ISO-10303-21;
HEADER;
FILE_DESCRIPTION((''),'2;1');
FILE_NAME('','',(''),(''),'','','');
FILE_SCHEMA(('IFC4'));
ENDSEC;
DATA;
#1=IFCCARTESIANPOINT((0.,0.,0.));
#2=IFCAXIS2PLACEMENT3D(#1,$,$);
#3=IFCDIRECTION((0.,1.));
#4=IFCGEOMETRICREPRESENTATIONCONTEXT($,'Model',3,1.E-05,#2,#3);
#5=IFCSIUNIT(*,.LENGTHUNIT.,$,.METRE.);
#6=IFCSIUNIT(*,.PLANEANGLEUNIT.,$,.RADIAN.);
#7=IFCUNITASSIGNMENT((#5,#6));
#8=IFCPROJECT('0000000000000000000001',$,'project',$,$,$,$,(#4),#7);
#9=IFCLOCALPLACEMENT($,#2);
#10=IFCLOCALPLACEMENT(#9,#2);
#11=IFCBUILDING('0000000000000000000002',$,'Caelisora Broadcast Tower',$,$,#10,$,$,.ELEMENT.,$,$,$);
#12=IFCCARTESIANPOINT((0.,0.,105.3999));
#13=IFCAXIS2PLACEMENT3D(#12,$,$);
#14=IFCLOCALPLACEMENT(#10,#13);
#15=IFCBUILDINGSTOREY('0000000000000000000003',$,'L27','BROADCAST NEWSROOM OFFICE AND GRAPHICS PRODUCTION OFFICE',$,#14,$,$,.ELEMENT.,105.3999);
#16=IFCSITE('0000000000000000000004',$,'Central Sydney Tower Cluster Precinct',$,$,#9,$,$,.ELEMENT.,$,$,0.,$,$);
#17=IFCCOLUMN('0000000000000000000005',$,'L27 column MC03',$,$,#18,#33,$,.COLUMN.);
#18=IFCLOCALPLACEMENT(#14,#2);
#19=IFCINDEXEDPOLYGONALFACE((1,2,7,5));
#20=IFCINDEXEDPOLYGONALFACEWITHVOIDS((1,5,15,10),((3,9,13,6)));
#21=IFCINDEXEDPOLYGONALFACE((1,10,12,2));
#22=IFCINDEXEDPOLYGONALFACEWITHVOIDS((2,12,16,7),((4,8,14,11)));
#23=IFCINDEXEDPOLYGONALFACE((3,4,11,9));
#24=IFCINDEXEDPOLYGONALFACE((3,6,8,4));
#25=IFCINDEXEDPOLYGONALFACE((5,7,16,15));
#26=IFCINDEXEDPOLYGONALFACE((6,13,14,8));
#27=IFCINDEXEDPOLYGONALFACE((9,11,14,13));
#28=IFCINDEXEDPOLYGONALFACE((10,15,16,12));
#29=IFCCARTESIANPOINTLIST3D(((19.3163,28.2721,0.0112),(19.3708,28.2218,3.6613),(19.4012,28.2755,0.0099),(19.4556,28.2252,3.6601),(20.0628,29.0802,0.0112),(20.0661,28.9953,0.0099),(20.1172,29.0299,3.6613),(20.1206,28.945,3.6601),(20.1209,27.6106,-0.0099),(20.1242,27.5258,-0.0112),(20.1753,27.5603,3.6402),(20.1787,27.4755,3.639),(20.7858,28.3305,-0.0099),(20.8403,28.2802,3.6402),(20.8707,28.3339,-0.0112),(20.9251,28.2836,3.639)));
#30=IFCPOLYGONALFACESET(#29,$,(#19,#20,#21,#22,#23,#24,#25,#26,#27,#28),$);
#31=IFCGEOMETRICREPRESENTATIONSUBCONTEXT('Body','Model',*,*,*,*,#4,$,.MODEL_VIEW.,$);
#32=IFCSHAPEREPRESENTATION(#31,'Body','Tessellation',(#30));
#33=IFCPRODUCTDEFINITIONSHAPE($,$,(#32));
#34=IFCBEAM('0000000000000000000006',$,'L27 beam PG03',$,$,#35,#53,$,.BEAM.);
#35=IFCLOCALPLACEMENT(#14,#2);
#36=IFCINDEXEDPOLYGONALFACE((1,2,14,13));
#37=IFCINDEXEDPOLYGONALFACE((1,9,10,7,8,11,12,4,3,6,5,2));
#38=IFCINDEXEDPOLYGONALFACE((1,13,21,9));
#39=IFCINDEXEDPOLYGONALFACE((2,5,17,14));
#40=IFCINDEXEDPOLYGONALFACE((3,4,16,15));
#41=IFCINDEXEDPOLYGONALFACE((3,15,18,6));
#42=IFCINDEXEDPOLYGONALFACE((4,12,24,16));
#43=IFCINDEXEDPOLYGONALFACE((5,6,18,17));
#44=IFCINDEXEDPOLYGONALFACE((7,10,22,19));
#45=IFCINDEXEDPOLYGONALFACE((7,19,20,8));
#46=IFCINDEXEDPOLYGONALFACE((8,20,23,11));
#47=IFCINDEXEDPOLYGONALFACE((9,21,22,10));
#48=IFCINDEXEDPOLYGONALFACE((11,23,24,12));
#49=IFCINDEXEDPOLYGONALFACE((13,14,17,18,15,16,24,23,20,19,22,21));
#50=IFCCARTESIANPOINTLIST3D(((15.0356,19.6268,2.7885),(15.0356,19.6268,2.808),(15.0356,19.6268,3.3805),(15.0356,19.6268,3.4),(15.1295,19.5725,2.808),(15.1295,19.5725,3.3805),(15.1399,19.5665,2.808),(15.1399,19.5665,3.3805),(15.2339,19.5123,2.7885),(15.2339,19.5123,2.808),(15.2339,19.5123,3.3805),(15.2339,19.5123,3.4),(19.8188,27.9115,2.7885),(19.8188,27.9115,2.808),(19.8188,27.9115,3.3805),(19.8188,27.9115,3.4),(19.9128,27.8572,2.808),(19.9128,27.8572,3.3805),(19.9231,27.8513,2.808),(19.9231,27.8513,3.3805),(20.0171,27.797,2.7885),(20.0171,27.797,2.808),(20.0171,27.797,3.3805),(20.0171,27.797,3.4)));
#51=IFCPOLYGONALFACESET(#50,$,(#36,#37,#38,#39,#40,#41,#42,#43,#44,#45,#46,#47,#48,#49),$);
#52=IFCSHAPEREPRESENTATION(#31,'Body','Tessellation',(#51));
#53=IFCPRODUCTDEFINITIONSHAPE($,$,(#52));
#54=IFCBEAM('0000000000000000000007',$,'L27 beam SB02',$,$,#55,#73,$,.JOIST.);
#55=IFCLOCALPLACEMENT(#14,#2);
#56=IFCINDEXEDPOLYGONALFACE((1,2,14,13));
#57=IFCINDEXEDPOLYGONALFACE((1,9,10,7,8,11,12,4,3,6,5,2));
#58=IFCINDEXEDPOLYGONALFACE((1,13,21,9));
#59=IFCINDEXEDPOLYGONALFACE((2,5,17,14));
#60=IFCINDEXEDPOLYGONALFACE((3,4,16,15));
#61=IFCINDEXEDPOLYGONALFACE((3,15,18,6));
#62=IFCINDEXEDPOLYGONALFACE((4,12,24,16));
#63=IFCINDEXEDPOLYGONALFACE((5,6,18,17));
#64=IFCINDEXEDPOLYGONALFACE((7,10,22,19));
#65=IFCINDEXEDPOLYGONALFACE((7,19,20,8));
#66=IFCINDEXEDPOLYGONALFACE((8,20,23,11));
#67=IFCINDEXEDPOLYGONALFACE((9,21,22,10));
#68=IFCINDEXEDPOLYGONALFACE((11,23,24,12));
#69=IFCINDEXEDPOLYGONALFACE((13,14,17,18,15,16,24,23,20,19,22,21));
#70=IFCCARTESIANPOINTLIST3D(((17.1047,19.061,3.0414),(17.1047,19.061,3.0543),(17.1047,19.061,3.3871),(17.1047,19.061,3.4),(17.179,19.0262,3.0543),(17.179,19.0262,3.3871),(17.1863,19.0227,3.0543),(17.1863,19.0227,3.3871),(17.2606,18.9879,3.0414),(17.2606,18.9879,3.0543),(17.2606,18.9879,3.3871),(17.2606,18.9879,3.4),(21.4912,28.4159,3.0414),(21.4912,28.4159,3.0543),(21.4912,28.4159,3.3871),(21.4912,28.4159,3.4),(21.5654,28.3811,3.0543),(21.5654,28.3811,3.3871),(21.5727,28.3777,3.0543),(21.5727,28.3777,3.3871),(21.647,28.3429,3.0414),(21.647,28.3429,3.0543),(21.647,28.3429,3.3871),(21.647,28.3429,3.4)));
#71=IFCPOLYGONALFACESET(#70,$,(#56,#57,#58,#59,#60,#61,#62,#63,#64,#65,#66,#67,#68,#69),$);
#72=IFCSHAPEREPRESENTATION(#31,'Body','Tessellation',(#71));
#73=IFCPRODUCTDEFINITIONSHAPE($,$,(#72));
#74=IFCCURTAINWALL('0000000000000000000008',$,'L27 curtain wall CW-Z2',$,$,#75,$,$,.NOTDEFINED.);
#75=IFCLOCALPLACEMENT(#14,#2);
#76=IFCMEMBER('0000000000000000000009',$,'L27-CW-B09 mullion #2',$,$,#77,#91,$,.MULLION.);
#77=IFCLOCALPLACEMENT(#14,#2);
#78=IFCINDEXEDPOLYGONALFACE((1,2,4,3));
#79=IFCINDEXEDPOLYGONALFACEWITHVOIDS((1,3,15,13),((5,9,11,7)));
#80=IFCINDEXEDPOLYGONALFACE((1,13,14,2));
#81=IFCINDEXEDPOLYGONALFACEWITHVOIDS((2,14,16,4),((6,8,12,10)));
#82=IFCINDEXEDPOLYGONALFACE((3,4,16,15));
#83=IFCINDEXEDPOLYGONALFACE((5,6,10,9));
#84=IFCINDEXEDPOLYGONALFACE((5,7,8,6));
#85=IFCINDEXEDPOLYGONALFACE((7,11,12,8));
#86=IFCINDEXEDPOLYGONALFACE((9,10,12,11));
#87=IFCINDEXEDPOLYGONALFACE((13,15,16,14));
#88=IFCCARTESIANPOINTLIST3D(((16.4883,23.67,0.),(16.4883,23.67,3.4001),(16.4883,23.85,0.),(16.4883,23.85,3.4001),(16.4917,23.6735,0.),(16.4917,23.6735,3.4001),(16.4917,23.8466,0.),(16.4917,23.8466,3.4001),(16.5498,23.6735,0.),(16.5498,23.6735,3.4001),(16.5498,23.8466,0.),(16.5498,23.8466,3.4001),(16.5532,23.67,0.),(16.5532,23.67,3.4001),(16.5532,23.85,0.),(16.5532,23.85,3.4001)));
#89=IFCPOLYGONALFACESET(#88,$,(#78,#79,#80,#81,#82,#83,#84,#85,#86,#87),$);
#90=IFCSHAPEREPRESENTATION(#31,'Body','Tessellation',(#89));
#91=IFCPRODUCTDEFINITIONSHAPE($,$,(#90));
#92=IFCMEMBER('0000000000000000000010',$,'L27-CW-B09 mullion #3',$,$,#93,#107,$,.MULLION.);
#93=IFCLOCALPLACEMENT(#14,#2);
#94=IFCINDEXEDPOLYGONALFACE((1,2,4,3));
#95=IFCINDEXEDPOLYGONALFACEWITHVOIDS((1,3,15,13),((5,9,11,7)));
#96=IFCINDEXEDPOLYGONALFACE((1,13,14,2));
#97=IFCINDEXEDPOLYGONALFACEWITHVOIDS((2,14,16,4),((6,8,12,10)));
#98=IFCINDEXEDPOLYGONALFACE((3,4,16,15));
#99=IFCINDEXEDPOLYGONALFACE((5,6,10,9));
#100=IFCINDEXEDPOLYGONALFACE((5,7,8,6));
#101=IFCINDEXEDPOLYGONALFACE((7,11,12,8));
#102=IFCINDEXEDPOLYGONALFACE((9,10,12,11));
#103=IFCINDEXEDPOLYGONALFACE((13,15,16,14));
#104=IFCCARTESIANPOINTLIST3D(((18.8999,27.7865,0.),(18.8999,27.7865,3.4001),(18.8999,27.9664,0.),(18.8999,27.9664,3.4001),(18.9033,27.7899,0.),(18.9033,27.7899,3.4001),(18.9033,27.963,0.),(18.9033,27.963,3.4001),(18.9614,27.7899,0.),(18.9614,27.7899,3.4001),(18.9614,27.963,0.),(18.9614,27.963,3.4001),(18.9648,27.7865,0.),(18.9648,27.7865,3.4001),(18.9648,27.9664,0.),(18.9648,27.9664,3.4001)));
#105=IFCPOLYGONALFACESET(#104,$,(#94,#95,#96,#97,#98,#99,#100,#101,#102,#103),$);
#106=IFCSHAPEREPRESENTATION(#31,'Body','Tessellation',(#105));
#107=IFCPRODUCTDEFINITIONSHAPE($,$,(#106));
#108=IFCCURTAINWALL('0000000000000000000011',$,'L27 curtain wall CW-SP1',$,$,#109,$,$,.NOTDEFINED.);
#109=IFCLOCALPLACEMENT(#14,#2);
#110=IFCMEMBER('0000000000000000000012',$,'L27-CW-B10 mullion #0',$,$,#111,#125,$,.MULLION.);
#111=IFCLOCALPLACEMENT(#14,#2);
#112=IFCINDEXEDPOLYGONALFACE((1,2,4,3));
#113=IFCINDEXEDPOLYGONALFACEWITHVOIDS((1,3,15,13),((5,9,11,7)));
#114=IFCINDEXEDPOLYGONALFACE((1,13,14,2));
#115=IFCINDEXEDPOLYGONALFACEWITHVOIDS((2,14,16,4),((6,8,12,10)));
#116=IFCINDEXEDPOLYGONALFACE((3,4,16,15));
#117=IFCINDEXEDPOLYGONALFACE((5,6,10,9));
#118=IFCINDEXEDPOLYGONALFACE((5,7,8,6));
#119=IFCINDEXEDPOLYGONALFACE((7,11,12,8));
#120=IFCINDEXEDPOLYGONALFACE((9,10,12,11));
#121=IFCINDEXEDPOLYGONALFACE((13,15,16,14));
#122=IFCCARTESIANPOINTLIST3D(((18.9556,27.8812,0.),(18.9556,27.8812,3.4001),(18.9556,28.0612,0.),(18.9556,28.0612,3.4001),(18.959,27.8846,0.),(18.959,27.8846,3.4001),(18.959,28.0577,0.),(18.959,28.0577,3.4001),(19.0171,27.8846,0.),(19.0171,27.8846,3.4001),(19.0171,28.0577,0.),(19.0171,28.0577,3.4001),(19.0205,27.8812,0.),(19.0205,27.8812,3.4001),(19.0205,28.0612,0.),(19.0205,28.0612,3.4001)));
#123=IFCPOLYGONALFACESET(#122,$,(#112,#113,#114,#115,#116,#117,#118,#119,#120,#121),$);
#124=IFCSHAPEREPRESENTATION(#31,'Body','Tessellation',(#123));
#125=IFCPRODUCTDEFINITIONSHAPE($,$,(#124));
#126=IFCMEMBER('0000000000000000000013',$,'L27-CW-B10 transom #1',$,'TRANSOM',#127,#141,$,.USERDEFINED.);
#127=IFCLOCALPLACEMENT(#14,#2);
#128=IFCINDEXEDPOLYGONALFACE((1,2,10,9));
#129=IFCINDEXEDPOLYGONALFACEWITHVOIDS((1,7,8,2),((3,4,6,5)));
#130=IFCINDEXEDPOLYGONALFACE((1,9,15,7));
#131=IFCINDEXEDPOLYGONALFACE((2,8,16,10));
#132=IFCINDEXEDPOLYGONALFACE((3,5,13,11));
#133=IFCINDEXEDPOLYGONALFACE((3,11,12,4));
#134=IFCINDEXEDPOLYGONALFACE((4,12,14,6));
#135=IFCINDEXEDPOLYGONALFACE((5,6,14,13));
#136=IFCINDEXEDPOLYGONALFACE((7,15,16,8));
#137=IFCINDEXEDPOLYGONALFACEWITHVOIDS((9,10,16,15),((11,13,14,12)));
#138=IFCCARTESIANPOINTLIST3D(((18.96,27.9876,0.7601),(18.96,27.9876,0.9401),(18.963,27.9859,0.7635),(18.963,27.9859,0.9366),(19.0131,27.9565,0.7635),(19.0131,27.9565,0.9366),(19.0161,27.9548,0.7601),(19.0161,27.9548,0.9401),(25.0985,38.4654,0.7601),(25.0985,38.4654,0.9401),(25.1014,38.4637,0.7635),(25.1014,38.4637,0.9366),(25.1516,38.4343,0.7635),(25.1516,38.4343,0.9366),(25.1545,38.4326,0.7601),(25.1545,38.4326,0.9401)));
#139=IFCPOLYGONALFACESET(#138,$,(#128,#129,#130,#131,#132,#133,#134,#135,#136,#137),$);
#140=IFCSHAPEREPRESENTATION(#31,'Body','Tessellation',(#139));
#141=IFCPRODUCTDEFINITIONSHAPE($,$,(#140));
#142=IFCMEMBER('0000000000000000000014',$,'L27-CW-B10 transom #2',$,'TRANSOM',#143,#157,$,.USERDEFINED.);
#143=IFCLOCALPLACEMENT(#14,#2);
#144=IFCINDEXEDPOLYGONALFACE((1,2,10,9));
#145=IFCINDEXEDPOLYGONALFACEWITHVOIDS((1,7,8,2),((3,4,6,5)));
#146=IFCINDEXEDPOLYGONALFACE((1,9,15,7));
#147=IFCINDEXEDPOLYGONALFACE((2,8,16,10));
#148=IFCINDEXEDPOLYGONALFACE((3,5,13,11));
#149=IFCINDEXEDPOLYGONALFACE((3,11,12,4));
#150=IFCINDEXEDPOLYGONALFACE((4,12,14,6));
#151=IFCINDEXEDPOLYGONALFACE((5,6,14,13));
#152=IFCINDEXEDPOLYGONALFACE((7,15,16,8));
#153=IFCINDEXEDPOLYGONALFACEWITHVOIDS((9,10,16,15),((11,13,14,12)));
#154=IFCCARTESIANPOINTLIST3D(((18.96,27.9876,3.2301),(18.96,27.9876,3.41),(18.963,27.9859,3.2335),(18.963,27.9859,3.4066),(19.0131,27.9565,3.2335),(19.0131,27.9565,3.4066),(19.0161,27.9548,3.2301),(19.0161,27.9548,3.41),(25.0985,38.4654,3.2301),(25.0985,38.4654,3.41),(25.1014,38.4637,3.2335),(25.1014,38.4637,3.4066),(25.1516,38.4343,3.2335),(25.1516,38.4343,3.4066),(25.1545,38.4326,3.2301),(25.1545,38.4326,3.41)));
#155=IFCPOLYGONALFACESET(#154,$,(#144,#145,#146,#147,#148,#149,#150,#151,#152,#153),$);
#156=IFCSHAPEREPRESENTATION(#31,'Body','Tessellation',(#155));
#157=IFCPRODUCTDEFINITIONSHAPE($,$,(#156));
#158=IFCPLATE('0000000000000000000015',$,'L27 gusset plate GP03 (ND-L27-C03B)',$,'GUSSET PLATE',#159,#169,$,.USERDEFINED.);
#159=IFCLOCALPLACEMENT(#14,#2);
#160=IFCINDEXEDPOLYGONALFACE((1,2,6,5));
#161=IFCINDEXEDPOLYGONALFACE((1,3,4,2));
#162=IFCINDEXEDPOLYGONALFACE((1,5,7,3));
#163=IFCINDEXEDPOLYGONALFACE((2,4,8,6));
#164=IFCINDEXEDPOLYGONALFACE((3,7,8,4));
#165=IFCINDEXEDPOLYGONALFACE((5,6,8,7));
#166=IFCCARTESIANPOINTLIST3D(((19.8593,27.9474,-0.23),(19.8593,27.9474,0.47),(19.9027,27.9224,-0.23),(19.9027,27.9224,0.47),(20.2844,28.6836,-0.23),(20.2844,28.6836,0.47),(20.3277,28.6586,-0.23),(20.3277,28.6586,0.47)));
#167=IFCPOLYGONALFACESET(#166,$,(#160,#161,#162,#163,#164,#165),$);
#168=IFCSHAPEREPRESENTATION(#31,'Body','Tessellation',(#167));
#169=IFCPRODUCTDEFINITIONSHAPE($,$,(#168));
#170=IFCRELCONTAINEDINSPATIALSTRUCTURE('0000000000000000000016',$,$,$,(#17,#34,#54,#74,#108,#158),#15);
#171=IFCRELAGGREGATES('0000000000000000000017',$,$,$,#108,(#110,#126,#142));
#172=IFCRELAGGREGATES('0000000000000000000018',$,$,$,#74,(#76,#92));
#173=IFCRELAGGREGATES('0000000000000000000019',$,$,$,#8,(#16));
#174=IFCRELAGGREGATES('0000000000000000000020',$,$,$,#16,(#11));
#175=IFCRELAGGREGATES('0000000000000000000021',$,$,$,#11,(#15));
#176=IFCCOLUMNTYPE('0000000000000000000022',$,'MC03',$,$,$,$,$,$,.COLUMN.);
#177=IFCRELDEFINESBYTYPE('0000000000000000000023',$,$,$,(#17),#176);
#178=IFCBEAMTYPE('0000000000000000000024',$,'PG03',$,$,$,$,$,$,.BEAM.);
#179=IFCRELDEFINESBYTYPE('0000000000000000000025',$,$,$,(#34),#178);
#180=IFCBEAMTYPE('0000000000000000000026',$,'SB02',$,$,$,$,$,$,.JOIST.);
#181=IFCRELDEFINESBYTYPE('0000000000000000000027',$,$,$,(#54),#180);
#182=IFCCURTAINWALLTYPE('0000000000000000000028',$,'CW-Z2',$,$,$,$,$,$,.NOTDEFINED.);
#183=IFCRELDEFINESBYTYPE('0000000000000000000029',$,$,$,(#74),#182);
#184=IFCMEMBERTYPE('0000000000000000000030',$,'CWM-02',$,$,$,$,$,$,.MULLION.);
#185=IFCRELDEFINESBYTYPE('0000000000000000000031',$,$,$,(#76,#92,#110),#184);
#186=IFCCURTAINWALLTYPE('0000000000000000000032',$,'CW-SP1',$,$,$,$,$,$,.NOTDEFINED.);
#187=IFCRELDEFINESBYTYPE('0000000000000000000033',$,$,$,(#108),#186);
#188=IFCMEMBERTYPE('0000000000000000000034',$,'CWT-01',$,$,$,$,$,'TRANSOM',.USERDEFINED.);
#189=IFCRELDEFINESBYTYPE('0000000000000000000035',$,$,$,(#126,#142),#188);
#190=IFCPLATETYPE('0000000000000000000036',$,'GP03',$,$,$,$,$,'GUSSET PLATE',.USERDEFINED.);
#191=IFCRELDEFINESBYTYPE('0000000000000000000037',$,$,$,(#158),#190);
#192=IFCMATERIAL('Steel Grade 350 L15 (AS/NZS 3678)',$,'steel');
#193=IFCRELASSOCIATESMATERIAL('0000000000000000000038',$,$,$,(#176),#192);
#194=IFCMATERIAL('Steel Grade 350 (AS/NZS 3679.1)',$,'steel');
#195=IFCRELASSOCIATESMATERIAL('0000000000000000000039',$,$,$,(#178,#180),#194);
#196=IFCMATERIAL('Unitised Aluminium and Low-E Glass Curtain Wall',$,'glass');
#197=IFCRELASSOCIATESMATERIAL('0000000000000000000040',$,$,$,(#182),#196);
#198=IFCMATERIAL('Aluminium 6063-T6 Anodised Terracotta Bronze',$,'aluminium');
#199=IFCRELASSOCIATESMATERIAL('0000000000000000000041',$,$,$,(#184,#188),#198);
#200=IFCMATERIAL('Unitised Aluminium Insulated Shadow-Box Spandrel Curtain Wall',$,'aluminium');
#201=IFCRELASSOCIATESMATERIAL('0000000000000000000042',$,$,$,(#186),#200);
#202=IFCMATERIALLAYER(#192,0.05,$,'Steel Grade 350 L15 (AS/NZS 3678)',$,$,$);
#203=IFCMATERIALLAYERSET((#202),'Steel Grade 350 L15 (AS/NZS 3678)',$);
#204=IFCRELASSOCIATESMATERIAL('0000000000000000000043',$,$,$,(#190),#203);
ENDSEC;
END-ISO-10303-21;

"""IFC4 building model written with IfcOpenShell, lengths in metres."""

from ifc_helpers import new_model, si_unit, direction, frame, origin, origin_2d, place, context, subcontext, project, spatial, rectangle, hollow_rectangle, i_section, extrude, source, transform, mapped, material, layer, layer_set, material_profile, profile_set, type_object, type_shapes, element, aggregate, save


model = new_model("IFC4")

# Units and contexts
model_context = context("Model", 3, precision=1e-05, world=origin(), true_north=direction((0.0, 1.0)))
body_context = subcontext(model_context, "Body", "Model", "MODEL_VIEW")
ifc_project = project(units=[si_unit("LENGTHUNIT", "METRE"), si_unit("PLANEANGLEUNIT", "RADIAN")], contexts=[model_context])

# Site, building, storey
site_placement = place(None, origin())
site = spatial("IfcSite", under=ifc_project, at=site_placement, Name="Central Sydney Tower Cluster Precinct", CompositionType="ELEMENT", RefElevation=0.0)
building_placement = place(site_placement, origin())
building = spatial("IfcBuilding", under=site, at=building_placement, Name="Caelisora Broadcast Tower", CompositionType="ELEMENT")
storey_placement = place(building_placement, frame((0.0, 0.0, 105.3999)))
storey = spatial("IfcBuildingStorey", under=building, at=storey_placement, Name="L27", Description="BROADCAST NEWSROOM OFFICE AND GRAPHICS PRODUCTION OFFICE", CompositionType="ELEMENT", Elevation=105.3999)

# Column
ifc_material_1 = material(Name="Steel Grade 350 L15 (AS/NZS 3678)", Category="steel")
ifc_material_profile_1 = material_profile(ifc_material_1, hollow_rectangle(XDim=1.1001, YDim=1.1001, WallThickness=0.0601, at=origin_2d()), Name="Steel Grade 350 L15 (AS/NZS 3678)")
ifc_profile_set_1 = profile_set([ifc_material_profile_1], Name="Steel Grade 350 L15 (AS/NZS 3678)")
column_type = type_object("IfcColumnType", Name="MC03", PredefinedType="COLUMN", material=ifc_profile_set_1)
shared_shape_1 = source(origin(), body_context, "Body", "SweptSolid", [
    extrude(hollow_rectangle(XDim=1.1001, YDim=1.1001, WallThickness=0.0601, at=origin_2d()), origin(), (0.0, 0.0, 1.0), 3.6509),
])
type_shapes(column_type, [shared_shape_1])
column_placement = place(storey_placement, frame((20.0935, 28.303, 0.0), z_axis=(0.014912, -0.013776, 0.999794), x_axis=(0.678554, 0.734551, 0.0)))
element("IfcColumn", 1, at=column_placement, inside=storey, type_object=column_type, Name="L27 column MC03", PredefinedType="COLUMN", context=body_context, shape_type="MappedRepresentation", body=[
    mapped(shared_shape_1, transform((0.0, 0.0, 0.0), scale=1.0)),
])

# Beams
ifc_material_2 = material(Name="Steel Grade 350 (AS/NZS 3679.1)", Category="steel")
ifc_material_profile_2 = material_profile(ifc_material_2, i_section(OverallWidth=0.229, OverallDepth=0.6116, WebThickness=0.012, FlangeThickness=0.0195, at=origin_2d()), Name="Steel Grade 350 (AS/NZS 3679.1)")
ifc_profile_set_2 = profile_set([ifc_material_profile_2], Name="Steel Grade 350 (AS/NZS 3679.1)")
beam_type_1 = type_object("IfcBeamType", Name="PG03", PredefinedType="BEAM", material=ifc_profile_set_2)
shared_shape_2 = source(origin(), body_context, "Body", "SweptSolid", [
    extrude(i_section(OverallWidth=0.229, OverallDepth=0.6116, WebThickness=0.012, FlangeThickness=0.0195, at=origin_2d()), origin(), (0.0, 0.0, 1.0), 9.5664),
])
type_shapes(beam_type_1, [shared_shape_2])
beam_1_placement = place(storey_placement, frame((19.918, 27.8542, 3.0942), z_axis=(-0.500004, -0.866023, 0.0), x_axis=(0.866023, -0.500004, 0.0)))
element("IfcBeam", 2, at=beam_1_placement, inside=storey, type_object=beam_type_1, Name="L27 beam PG03", PredefinedType="BEAM", context=body_context, shape_type="MappedRepresentation", body=[
    mapped(shared_shape_2, transform((0.0, 0.0, 0.0), scale=1.0)),
])
ifc_material_profile_3 = material_profile(ifc_material_2, i_section(OverallWidth=0.1721, OverallDepth=0.3586, WebThickness=0.0081, FlangeThickness=0.0129, at=origin_2d()), Name="Steel Grade 350 (AS/NZS 3679.1)")
ifc_profile_set_3 = profile_set([ifc_material_profile_3], Name="Steel Grade 350 (AS/NZS 3679.1)")
beam_type_2 = type_object("IfcBeamType", Name="SB02", PredefinedType="JOIST", material=ifc_profile_set_3)
shared_shape_3 = source(origin(), body_context, "Body", "SweptSolid", [
    extrude(i_section(OverallWidth=0.1721, OverallDepth=0.3586, WebThickness=0.0081, FlangeThickness=0.0129, at=origin_2d()), origin(), (0.0, 0.0, 1.0), 10.3323),
])
type_shapes(beam_type_2, [shared_shape_3])
beam_2_placement = place(storey_placement, frame((21.5691, 28.3794, 3.2207), z_axis=(-0.424539, -0.90541, 0.0), x_axis=(0.90541, -0.424539, 0.0)))
element("IfcBeam", 3, at=beam_2_placement, inside=storey, type_object=beam_type_2, Name="L27 beam SB02", PredefinedType="JOIST", context=body_context, shape_type="MappedRepresentation", body=[
    mapped(shared_shape_3, transform((0.0, 0.0, 0.0), scale=1.0)),
])

# Curtain walls, members
ifc_material_3 = material(Name="Unitised Aluminium and Low-E Glass Curtain Wall", Category="glass")
curtain_wall_type_1 = type_object("IfcCurtainWallType", Name="CW-Z2", PredefinedType="NOTDEFINED", material=ifc_material_3)
curtain_wall_1_placement = place(storey_placement, origin())
curtain_wall_1 = element("IfcCurtainWall", 4, at=curtain_wall_1_placement, inside=storey, type_object=curtain_wall_type_1, Name="L27 curtain wall CW-Z2", PredefinedType="NOTDEFINED")
ifc_material_4 = material(Name="Aluminium 6063-T6 Anodised Terracotta Bronze", Category="aluminium")
ifc_material_profile_4 = material_profile(ifc_material_4, hollow_rectangle(XDim=0.0649, YDim=0.1799, WallThickness=0.0034, at=origin_2d()), Name="Aluminium 6063-T6 Anodised Terracotta Bronze")
ifc_profile_set_4 = profile_set([ifc_material_profile_4], Name="Aluminium 6063-T6 Anodised Terracotta Bronze")
member_type_1 = type_object("IfcMemberType", Name="CWM-02", PredefinedType="MULLION", material=ifc_profile_set_4)
shared_shape_4 = source(origin(), body_context, "Body", "SweptSolid", [
    extrude(hollow_rectangle(XDim=0.0649, YDim=0.1799, WallThickness=0.0034, at=origin_2d()), origin(), (0.0, 0.0, 1.0), 3.4001),
])
type_shapes(member_type_1, [shared_shape_4])
member_1_placement = place(storey_placement, frame((16.5208, 23.76, 0.0), z_axis=(0.0, 0.0, 1.0), x_axis=(1.0, 0.0, 0.0)))
member_1 = element("IfcMember", 5, at=member_1_placement, type_object=member_type_1, Name="L27-CW-B09 mullion #2", PredefinedType="MULLION", context=body_context, shape_type="MappedRepresentation", body=[
    mapped(shared_shape_4, transform((0.0, 0.0, 0.0), scale=1.0)),
])
member_2_placement = place(storey_placement, frame((18.9324, 27.8765, 0.0), z_axis=(0.0, 0.0, 1.0), x_axis=(1.0, 0.0, 0.0)))
member_2 = element("IfcMember", 6, at=member_2_placement, type_object=member_type_1, Name="L27-CW-B09 mullion #3", PredefinedType="MULLION", context=body_context, shape_type="MappedRepresentation", body=[
    mapped(shared_shape_4, transform((0.0, 0.0, 0.0), scale=1.0)),
])
ifc_material_5 = material(Name="Unitised Aluminium Insulated Shadow-Box Spandrel Curtain Wall", Category="aluminium")
curtain_wall_type_2 = type_object("IfcCurtainWallType", Name="CW-SP1", PredefinedType="NOTDEFINED", material=ifc_material_5)
curtain_wall_2_placement = place(storey_placement, origin())
curtain_wall_2 = element("IfcCurtainWall", 7, at=curtain_wall_2_placement, inside=storey, type_object=curtain_wall_type_2, Name="L27 curtain wall CW-SP1", PredefinedType="NOTDEFINED")
member_3_placement = place(storey_placement, frame((18.988, 27.9712, 0.0), z_axis=(0.0, 0.0, 1.0), x_axis=(1.0, 0.0, 0.0)))
member_3 = element("IfcMember", 8, at=member_3_placement, type_object=member_type_1, Name="L27-CW-B10 mullion #0", PredefinedType="MULLION", context=body_context, shape_type="MappedRepresentation", body=[
    mapped(shared_shape_4, transform((0.0, 0.0, 0.0), scale=1.0)),
])
ifc_material_profile_5 = material_profile(ifc_material_4, hollow_rectangle(XDim=0.0649, YDim=0.1799, WallThickness=0.0034, at=origin_2d()), Name="Aluminium 6063-T6 Anodised Terracotta Bronze")
ifc_profile_set_5 = profile_set([ifc_material_profile_5], Name="Aluminium 6063-T6 Anodised Terracotta Bronze")
member_type_2 = type_object("IfcMemberType", Name="CWT-01", ElementType="TRANSOM", PredefinedType="USERDEFINED", material=ifc_profile_set_5)
shared_shape_5 = source(origin(), body_context, "Body", "SweptSolid", [
    extrude(hollow_rectangle(XDim=0.0649, YDim=0.1799, WallThickness=0.0034, at=origin_2d()), origin(), (0.0, 0.0, 1.0), 12.1436),
])
type_shapes(member_type_2, [shared_shape_5])
member_4_placement = place(storey_placement, frame((18.988, 27.9712, 0.8501), z_axis=(0.505491, 0.862832, 0.0), x_axis=(-0.862832, 0.505491, 0.0)))
member_4 = element("IfcMember", 9, at=member_4_placement, type_object=member_type_2, Name="L27-CW-B10 transom #1", ObjectType="TRANSOM", PredefinedType="USERDEFINED", context=body_context, shape_type="MappedRepresentation", body=[
    mapped(shared_shape_5, transform((0.0, 0.0, 0.0), scale=1.0)),
])
member_5_placement = place(storey_placement, frame((18.988, 27.9712, 3.3201), z_axis=(0.505491, 0.862832, 0.0), x_axis=(-0.862832, 0.505491, 0.0)))
member_5 = element("IfcMember", 10, at=member_5_placement, type_object=member_type_2, Name="L27-CW-B10 transom #2", ObjectType="TRANSOM", PredefinedType="USERDEFINED", context=body_context, shape_type="MappedRepresentation", body=[
    mapped(shared_shape_5, transform((0.0, 0.0, 0.0), scale=1.0)),
])

# Plate
ifc_layer_1 = layer(ifc_material_1, 0.05, Name="Steel Grade 350 L15 (AS/NZS 3678)")
ifc_layer_set_1 = layer_set([ifc_layer_1], Name="Steel Grade 350 L15 (AS/NZS 3678)")
plate_type_1 = type_object("IfcPlateType", Name="GP03", ElementType="GUSSET PLATE", PredefinedType="USERDEFINED", material=ifc_layer_set_1)
shared_shape_6 = source(origin(), body_context, "Body", "SweptSolid", [
    extrude(rectangle(XDim=0.8501, YDim=0.05, at=origin_2d()), origin(), (0.0, 0.0, 1.0), 0.7),
])
type_shapes(plate_type_1, [shared_shape_6])
plate_1_placement = place(storey_placement, frame((20.0935, 28.303, -0.23), z_axis=(0.0, 0.0, 1.0), x_axis=(-0.5, -0.866025, 0.0)))
element("IfcPlate", 11, at=plate_1_placement, inside=storey, type_object=plate_type_1, Name="L27 gusset plate GP03 (ND-L27-C03B)", ObjectType="GUSSET PLATE", PredefinedType="USERDEFINED", context=body_context, shape_type="MappedRepresentation", body=[
    mapped(shared_shape_6, transform((0.0, 0.0, 0.0), scale=1.0)),
])
aggregate(curtain_wall_2, [member_3, member_4, member_5])
aggregate(curtain_wall_1, [member_1, member_2])

save(model, "model.ifc")
